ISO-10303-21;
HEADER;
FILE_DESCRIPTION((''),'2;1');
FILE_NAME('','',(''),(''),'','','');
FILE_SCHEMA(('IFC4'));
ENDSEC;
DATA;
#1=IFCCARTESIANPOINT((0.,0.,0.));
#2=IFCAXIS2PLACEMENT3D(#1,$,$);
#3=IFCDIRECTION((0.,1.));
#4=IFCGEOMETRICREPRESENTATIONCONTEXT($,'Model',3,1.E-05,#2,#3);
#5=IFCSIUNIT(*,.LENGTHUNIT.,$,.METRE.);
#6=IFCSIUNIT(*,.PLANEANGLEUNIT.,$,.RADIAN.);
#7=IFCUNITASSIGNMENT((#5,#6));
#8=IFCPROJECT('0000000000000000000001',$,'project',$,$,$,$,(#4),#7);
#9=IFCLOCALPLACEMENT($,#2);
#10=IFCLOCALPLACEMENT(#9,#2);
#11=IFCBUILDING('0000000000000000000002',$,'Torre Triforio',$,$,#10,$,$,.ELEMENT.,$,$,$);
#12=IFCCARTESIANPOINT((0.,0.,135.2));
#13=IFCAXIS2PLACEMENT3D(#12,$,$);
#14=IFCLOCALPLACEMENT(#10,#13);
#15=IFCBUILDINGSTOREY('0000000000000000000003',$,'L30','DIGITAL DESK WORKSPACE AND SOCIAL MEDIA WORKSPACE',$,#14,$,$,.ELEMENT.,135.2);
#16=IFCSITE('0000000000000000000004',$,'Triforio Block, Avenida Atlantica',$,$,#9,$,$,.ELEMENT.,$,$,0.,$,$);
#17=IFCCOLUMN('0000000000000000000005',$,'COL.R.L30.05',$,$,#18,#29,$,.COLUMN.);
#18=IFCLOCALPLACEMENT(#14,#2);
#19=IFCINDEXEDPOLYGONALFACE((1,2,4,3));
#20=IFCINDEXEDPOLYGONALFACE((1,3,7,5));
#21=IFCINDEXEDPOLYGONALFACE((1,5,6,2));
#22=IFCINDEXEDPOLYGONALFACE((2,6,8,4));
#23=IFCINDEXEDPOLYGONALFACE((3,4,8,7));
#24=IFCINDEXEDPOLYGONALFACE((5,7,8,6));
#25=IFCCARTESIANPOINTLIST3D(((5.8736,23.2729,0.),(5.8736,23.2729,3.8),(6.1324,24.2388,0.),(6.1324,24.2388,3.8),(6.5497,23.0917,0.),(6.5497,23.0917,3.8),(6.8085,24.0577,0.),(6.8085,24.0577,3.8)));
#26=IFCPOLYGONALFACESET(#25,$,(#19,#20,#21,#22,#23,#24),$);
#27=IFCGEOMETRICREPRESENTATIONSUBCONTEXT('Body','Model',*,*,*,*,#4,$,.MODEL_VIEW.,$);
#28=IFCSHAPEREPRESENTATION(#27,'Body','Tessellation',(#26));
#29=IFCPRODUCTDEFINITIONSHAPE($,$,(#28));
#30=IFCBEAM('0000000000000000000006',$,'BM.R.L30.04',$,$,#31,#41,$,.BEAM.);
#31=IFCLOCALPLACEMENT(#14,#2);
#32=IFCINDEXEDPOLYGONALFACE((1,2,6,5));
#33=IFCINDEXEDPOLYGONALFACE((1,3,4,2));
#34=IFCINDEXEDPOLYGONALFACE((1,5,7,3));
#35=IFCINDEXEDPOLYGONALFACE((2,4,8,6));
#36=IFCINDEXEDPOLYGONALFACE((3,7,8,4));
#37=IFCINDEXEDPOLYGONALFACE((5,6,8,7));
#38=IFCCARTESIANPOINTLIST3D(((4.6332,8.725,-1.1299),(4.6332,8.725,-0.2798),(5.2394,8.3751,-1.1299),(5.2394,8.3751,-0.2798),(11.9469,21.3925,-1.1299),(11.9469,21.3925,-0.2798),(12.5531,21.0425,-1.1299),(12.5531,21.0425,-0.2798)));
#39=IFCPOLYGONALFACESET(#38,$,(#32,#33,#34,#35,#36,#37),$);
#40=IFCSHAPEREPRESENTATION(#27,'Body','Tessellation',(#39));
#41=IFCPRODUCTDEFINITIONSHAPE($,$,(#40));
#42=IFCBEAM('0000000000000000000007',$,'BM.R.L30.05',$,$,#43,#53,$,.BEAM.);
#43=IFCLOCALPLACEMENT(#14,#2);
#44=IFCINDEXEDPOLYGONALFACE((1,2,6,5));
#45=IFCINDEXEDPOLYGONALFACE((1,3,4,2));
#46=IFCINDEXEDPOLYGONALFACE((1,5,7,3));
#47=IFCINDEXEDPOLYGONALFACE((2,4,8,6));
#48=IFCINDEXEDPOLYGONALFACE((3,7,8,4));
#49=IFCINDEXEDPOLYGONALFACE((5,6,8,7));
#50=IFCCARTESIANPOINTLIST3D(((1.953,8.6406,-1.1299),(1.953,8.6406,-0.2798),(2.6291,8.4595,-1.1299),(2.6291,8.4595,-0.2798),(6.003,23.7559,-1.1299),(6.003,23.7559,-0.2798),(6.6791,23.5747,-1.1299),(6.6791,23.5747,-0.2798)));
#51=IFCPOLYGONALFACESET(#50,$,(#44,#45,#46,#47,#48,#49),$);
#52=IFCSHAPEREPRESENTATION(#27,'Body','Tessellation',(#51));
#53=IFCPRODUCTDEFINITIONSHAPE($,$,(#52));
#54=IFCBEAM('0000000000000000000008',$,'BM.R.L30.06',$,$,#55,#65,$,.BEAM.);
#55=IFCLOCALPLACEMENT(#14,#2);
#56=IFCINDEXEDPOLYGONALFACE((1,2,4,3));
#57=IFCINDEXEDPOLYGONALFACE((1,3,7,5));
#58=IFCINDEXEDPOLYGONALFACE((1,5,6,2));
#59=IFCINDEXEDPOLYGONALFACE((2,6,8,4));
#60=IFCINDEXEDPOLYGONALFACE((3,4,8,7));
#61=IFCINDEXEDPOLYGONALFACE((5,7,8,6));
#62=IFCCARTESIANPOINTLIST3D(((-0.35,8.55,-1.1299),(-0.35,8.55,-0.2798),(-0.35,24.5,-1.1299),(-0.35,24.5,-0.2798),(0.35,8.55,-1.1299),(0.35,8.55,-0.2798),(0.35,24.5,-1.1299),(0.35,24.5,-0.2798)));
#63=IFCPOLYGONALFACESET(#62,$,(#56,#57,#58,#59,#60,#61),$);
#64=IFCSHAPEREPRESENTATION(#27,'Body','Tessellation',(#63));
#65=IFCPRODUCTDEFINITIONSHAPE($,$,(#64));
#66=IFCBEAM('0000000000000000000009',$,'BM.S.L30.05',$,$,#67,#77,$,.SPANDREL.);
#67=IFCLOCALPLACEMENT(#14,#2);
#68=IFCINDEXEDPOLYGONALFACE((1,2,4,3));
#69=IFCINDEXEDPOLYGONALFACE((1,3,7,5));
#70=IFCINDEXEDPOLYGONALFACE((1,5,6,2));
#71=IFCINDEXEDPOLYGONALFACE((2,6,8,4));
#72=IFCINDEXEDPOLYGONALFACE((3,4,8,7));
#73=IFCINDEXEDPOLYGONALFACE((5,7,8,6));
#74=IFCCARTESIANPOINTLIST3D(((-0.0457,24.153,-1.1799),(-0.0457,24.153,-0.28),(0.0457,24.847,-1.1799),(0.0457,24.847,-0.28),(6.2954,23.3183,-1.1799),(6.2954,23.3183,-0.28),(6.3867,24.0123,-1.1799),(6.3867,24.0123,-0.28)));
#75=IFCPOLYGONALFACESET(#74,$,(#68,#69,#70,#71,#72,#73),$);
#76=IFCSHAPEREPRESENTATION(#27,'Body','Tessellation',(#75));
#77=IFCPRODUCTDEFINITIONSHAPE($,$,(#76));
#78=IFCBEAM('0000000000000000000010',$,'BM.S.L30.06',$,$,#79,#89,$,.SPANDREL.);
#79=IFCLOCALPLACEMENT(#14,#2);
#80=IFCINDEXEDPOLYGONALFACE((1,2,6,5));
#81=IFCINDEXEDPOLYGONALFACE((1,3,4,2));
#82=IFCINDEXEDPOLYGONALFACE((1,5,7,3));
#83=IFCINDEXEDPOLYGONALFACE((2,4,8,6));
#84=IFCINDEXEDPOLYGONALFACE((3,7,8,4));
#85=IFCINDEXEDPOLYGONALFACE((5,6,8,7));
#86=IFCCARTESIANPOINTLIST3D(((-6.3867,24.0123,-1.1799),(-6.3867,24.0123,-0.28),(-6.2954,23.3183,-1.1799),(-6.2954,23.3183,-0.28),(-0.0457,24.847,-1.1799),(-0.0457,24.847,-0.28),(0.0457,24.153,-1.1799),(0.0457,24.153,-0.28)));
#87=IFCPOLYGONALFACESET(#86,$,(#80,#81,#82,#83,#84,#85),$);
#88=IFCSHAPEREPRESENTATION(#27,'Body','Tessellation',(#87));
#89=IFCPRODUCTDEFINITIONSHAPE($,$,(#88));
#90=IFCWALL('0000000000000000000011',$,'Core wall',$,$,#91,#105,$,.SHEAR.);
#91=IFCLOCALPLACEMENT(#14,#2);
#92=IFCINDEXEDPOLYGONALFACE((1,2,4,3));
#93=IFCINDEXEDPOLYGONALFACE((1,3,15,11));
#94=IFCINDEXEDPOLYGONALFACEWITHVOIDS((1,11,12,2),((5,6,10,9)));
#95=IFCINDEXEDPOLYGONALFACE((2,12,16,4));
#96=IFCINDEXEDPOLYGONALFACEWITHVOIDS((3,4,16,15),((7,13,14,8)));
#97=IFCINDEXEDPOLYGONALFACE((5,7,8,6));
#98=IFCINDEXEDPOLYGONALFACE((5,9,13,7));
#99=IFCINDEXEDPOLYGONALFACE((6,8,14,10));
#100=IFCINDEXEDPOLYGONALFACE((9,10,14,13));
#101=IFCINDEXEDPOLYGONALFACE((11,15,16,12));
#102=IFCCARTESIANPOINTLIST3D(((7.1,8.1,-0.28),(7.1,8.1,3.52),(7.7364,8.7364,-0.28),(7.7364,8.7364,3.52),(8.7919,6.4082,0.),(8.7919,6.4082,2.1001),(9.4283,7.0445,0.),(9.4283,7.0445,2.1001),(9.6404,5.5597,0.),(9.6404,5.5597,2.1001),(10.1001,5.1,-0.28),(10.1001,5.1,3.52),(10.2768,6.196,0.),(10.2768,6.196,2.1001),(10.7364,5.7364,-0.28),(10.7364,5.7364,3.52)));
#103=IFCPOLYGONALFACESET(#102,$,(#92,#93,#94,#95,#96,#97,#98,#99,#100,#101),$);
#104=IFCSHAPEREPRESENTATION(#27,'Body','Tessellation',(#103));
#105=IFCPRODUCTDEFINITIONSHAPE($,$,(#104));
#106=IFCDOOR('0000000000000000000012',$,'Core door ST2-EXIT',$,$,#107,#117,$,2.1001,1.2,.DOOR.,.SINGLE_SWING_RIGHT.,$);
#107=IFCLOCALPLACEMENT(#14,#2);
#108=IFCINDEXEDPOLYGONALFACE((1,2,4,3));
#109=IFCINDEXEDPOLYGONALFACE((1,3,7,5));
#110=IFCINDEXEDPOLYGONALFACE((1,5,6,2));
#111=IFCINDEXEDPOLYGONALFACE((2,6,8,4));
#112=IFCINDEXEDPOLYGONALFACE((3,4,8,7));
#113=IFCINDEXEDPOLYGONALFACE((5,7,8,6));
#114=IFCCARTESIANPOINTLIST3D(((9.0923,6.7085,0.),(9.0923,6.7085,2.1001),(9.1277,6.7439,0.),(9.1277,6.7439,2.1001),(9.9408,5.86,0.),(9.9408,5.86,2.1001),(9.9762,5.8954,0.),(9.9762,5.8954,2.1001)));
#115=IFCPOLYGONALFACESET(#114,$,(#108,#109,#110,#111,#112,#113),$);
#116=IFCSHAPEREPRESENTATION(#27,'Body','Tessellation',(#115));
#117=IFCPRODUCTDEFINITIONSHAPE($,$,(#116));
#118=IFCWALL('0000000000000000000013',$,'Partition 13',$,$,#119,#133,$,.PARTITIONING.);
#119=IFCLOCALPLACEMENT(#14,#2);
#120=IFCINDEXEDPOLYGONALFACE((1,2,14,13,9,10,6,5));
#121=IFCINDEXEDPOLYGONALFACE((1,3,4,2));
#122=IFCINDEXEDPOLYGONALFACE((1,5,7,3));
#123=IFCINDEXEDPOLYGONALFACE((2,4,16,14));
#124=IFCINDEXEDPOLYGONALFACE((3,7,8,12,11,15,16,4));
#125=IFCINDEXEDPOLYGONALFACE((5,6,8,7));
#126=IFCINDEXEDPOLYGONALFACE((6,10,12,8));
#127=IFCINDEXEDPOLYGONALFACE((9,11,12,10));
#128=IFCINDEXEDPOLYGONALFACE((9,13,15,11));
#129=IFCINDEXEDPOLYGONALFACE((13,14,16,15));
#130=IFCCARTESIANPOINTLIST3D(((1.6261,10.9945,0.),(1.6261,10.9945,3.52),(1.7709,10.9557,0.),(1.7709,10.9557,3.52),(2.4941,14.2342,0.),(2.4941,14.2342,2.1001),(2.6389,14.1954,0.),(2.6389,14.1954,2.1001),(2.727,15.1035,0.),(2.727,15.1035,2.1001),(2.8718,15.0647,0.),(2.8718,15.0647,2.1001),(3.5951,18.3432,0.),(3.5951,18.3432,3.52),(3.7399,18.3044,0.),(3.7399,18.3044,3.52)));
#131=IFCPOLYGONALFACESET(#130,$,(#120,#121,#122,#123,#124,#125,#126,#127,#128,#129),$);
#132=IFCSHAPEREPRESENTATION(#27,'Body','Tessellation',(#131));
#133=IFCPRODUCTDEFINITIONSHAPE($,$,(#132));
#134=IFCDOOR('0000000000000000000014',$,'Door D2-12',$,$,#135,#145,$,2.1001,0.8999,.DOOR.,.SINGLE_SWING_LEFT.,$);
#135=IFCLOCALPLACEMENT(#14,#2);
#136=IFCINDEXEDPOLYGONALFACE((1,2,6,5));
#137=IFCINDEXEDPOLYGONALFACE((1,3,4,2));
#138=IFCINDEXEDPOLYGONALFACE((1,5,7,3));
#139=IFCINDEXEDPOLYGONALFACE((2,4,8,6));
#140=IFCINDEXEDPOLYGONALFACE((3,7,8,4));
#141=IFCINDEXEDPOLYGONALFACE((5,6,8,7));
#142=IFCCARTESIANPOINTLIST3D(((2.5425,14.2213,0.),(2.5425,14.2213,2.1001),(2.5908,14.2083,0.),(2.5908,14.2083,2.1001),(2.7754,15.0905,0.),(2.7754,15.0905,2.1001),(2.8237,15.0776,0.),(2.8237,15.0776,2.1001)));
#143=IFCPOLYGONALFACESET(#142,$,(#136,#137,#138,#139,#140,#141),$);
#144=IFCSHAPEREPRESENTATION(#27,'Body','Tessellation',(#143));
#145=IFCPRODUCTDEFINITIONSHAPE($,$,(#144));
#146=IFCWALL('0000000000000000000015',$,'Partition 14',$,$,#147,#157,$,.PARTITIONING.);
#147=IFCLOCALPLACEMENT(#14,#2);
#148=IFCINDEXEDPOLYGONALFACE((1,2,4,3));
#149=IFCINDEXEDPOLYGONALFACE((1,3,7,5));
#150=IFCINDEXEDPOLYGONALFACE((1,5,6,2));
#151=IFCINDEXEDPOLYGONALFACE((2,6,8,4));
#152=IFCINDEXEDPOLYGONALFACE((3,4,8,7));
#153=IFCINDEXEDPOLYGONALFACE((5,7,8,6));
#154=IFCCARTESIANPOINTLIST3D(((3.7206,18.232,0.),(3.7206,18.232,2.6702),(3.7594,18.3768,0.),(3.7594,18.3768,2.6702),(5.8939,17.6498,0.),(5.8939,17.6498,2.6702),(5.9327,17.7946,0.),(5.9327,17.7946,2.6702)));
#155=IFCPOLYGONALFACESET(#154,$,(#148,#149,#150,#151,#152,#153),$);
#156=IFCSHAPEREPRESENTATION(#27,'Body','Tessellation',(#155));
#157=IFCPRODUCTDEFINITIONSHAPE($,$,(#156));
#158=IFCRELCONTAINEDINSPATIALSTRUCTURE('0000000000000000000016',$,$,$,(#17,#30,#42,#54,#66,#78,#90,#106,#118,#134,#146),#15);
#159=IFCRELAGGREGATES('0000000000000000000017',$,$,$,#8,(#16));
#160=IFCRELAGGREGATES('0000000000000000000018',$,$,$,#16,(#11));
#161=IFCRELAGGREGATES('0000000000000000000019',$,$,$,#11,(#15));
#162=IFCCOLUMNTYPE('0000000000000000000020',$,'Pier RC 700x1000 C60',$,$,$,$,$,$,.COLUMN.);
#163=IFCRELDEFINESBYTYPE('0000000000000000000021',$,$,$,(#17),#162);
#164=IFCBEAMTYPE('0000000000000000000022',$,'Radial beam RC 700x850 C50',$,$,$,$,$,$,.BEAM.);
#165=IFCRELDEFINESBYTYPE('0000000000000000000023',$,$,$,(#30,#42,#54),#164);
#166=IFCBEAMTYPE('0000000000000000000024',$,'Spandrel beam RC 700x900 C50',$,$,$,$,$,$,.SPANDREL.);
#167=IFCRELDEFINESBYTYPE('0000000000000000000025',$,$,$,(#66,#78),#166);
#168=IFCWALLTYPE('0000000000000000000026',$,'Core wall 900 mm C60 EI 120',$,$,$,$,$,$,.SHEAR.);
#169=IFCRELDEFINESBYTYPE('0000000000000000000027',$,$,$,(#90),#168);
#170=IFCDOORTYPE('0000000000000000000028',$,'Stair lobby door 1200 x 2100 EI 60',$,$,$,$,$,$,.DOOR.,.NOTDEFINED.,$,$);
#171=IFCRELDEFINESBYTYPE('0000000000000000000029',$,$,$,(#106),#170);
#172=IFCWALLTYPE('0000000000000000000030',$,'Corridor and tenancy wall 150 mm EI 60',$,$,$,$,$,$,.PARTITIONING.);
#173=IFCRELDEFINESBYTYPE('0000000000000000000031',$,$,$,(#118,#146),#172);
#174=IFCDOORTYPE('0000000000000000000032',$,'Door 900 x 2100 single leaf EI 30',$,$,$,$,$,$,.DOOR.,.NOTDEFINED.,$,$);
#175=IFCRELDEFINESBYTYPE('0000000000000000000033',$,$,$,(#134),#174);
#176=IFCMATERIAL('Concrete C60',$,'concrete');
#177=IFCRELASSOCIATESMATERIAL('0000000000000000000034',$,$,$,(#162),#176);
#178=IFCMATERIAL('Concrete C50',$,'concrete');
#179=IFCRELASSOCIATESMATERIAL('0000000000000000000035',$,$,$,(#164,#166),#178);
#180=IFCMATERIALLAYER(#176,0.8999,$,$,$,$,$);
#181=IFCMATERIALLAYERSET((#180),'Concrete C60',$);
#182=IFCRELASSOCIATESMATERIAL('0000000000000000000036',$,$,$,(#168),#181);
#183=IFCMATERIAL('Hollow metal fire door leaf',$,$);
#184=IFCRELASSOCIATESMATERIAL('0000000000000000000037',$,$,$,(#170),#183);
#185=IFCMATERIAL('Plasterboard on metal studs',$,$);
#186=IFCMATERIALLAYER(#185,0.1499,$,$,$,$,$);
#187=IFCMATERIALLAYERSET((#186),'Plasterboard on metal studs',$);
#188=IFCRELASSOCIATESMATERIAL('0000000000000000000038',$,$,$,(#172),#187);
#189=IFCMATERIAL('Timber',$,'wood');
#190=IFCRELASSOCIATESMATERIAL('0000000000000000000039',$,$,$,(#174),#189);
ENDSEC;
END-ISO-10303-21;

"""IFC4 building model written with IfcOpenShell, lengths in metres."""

from ifc_helpers import new_model, si_unit, direction, frame, frame_2d, origin, origin_2d, place, context, subcontext, project, spatial, rectangle, extrude, material, layer, layer_set, material_profile, profile_set, type_object, element, fill, save


model = new_model("IFC4")

# Units and contexts
model_context = context("Model", 3, precision=1e-05, world=origin(), true_north=direction((0.0, 1.0)))
body_context = subcontext(model_context, "Body", "Model", "MODEL_VIEW")
ifc_project = project(units=[si_unit("LENGTHUNIT", "METRE"), si_unit("PLANEANGLEUNIT", "RADIAN")], contexts=[model_context])

# Site, building, storey
site_placement = place(None, origin())
site = spatial("IfcSite", under=ifc_project, at=site_placement, Name="Triforio Block, Avenida Atlantica", CompositionType="ELEMENT", RefElevation=0.0)
building_placement = place(site_placement, origin())
building = spatial("IfcBuilding", under=site, at=building_placement, Name="Torre Triforio", CompositionType="ELEMENT")
storey_placement = place(building_placement, frame((0.0, 0.0, 135.2)))
storey = spatial("IfcBuildingStorey", under=building, at=storey_placement, Name="L30", Description="DIGITAL DESK WORKSPACE AND SOCIAL MEDIA WORKSPACE", CompositionType="ELEMENT", Elevation=135.2)

# Column
ifc_material_1 = material(Name="Concrete C60", Category="concrete")
ifc_material_profile_1 = material_profile(ifc_material_1, rectangle(XDim=0.7, YDim=1.0, at=origin_2d()), Name="RC 700x1000")
ifc_profile_set_1 = profile_set([ifc_material_profile_1], Name="Concrete C60")
column_type = type_object("IfcColumnType", Name="Pier RC 700x1000 C60", PredefinedType="COLUMN", material=ifc_profile_set_1)
column_placement = place(storey_placement, frame((6.3411, 23.6653, 0.0), z_axis=(0.0, 0.0, 1.0), x_axis=(-0.965926, 0.258819, 0.0)))
element("IfcColumn", 1, at=column_placement, inside=storey, type_object=column_type, Name="COL.R.L30.05", PredefinedType="COLUMN", context=body_context, shape_type="SweptSolid", body=[
    extrude(rectangle(XDim=0.7, YDim=1.0, at=origin_2d()), origin(), (0.0, 0.0, 1.0), 3.8),
])

# Beams
ifc_material_2 = material(Name="Concrete C50", Category="concrete")
ifc_material_profile_2 = material_profile(ifc_material_2, rectangle(XDim=0.7, YDim=0.8501, at=origin_2d()), Name="RC 700x850")
ifc_profile_set_2 = profile_set([ifc_material_profile_2], Name="Concrete C50")
beam_type_1 = type_object("IfcBeamType", Name="Radial beam RC 700x850 C50", PredefinedType="BEAM", material=ifc_profile_set_2)
beam_1_placement = place(storey_placement, frame((4.9363, 8.55, -0.7048), z_axis=(0.500008, 0.866021, 0.0), x_axis=(-0.866021, 0.500008, 0.0)))
element("IfcBeam", 2, at=beam_1_placement, inside=storey, type_object=beam_type_1, Name="BM.R.L30.04", PredefinedType="BEAM", context=body_context, shape_type="SweptSolid", body=[
    extrude(rectangle(XDim=0.7, YDim=0.8501, at=origin_2d()), origin(), (0.0, 0.0, 1.0), 14.6272),
])
beam_2_placement = place(storey_placement, frame((2.291, 8.55, -0.7048), z_axis=(0.258815, 0.965927, 0.0), x_axis=(-0.965927, 0.258815, 0.0)))
element("IfcBeam", 3, at=beam_2_placement, inside=storey, type_object=beam_type_1, Name="BM.R.L30.05", PredefinedType="BEAM", context=body_context, shape_type="SweptSolid", body=[
    extrude(rectangle(XDim=0.7, YDim=0.8501, at=origin_2d()), origin(), (0.0, 0.0, 1.0), 15.6484),
])
beam_3_placement = place(storey_placement, frame((0.0, 8.55, -0.7048), z_axis=(0.0, 1.0, 0.0), x_axis=(-1.0, 0.0, 0.0)))
element("IfcBeam", 4, at=beam_3_placement, inside=storey, type_object=beam_type_1, Name="BM.R.L30.06", PredefinedType="BEAM", context=body_context, shape_type="SweptSolid", body=[
    extrude(rectangle(XDim=0.7, YDim=0.8501, at=origin_2d()), origin(), (0.0, 0.0, 1.0), 15.95),
])
ifc_material_profile_3 = material_profile(ifc_material_2, rectangle(XDim=0.7, YDim=0.8999, at=origin_2d()), Name="RC 700x900")
ifc_profile_set_3 = profile_set([ifc_material_profile_3], Name="Concrete C50")
beam_type_2 = type_object("IfcBeamType", Name="Spandrel beam RC 700x900 C50", PredefinedType="SPANDREL", material=ifc_profile_set_3)
for number, where, z_axis, x_axis, name in (
    (5, (6.3411, 23.6653, -0.73), (-0.991447, 0.130511, 0.0), (-0.130511, -0.991447, 0.0), "BM.S.L30.05"),
    (6, (0.0, 24.5, -0.73), (-0.991447, -0.130511, 0.0), (0.130511, -0.991447, 0.0), "BM.S.L30.06"),
):
    element("IfcBeam", number, at=place(storey_placement, frame(where, z_axis=z_axis, x_axis=x_axis)), inside=storey, type_object=beam_type_2, Name=name, PredefinedType="SPANDREL", context=body_context, shape_type="SweptSolid", body=[
        extrude(rectangle(XDim=0.7, YDim=0.8999, at=origin_2d()), origin(), (0.0, 0.0, 1.0), 6.3958),
    ])

# Walls, openings, doors
ifc_layer_1 = layer(ifc_material_1, 0.8999)
ifc_layer_set_1 = layer_set([ifc_layer_1], Name="Concrete C60")
wall_type_1 = type_object("IfcWallType", Name="Core wall 900 mm C60 EI 120", PredefinedType="SHEAR", material=ifc_layer_set_1)
wall_1_placement = place(storey_placement, frame((7.4182, 8.4182, -0.28), z_axis=(0.0, 0.0, 1.0), x_axis=(0.707107, -0.707107, 0.0)))
wall_1 = element("IfcWall", 7, at=wall_1_placement, inside=storey, type_object=wall_type_1, Name="Core wall", PredefinedType="SHEAR", context=body_context, shape_type="SweptSolid", body=[
    extrude(rectangle(XDim=4.2427, YDim=0.8999, at=frame_2d((2.1213, 0.0))), origin(), (0.0, 0.0, 1.0), 3.8),
])
opening_1_placement = place(wall_1_placement, frame((2.3926, 0.0, 0.28)))
opening_1 = element("IfcOpeningElement", 8, at=opening_1_placement, cuts=wall_1, PredefinedType="OPENING", context=body_context, shape_type="SweptSolid", body=[
    extrude(rectangle(XDim=1.2, YDim=2.1001, at=frame_2d((0.6001, 1.05))), frame((0.0, 0.46, 0.0), z_axis=(0.0, -1.0, 0.0), x_axis=(1.0, 0.0, 0.0)), (0.0, 0.0, 1.0), 0.9199),
])
ifc_material_3 = material(Name="Hollow metal fire door leaf")
door_type_1 = type_object("IfcDoorType", Name="Stair lobby door 1200 x 2100 EI 60", OperationType="NOTDEFINED", PredefinedType="DOOR", material=ifc_material_3)
door_1_placement = place(opening_1_placement, origin())
door_1 = element("IfcDoor", 9, at=door_1_placement, inside=storey, type_object=door_type_1, Name="Core door ST2-EXIT", OperationType="SINGLE_SWING_RIGHT", OverallHeight=2.1001, OverallWidth=1.2, PredefinedType="DOOR", context=body_context, shape_type="SweptSolid", body=[
    extrude(rectangle(XDim=1.2, YDim=2.1001, at=frame_2d((0.6001, 1.05))), frame((0.0, 0.0249, 0.0), z_axis=(0.0, -1.0, 0.0), x_axis=(1.0, 0.0, 0.0)), (0.0, 0.0, 1.0), 0.05),
])
fill(opening_1, door_1)
ifc_material_4 = material(Name="Plasterboard on metal studs")
ifc_layer_2 = layer(ifc_material_4, 0.1499)
ifc_layer_set_2 = layer_set([ifc_layer_2], Name="Plasterboard on metal studs")
wall_type_2 = type_object("IfcWallType", Name="Corridor and tenancy wall 150 mm EI 60", PredefinedType="PARTITIONING", material=ifc_layer_set_2)
wall_2_placement = place(storey_placement, frame((1.6985, 10.9751, 0.0), z_axis=(0.0, 0.0, 1.0), x_axis=(0.258811, 0.965928, 0.0)))
wall_2 = element("IfcWall", 10, at=wall_2_placement, inside=storey, type_object=wall_type_2, Name="Partition 13", PredefinedType="PARTITIONING", context=body_context, shape_type="SweptSolid", body=[
    extrude(rectangle(XDim=7.6079, YDim=0.1499, at=frame_2d((3.804, 0.0))), origin(), (0.0, 0.0, 1.0), 3.52),
])
opening_2_placement = place(wall_2_placement, frame((3.354, 0.0, 0.0)))
opening_2 = element("IfcOpeningElement", 11, at=opening_2_placement, cuts=wall_2, PredefinedType="OPENING", context=body_context, shape_type="SweptSolid", body=[
    extrude(rectangle(XDim=0.8999, YDim=2.1001, at=frame_2d((0.45, 1.05))), frame((0.0, 0.085, 0.0), z_axis=(0.0, -1.0, 0.0), x_axis=(1.0, 0.0, 0.0)), (0.0, 0.0, 1.0), 0.1699),
])
ifc_material_5 = material(Name="Timber", Category="wood")
door_type_2 = type_object("IfcDoorType", Name="Door 900 x 2100 single leaf EI 30", OperationType="NOTDEFINED", PredefinedType="DOOR", material=ifc_material_5)
door_2_placement = place(opening_2_placement, origin())
door_2 = element("IfcDoor", 12, at=door_2_placement, inside=storey, type_object=door_type_2, Name="Door D2-12", OperationType="SINGLE_SWING_LEFT", OverallHeight=2.1001, OverallWidth=0.8999, PredefinedType="DOOR", context=body_context, shape_type="SweptSolid", body=[
    extrude(rectangle(XDim=0.8999, YDim=2.1001, at=frame_2d((0.45, 1.05))), frame((0.0, 0.0249, 0.0), z_axis=(0.0, -1.0, 0.0), x_axis=(1.0, 0.0, 0.0)), (0.0, 0.0, 1.0), 0.05),
])
fill(opening_2, door_2)

# Wall
wall_3_placement = place(storey_placement, frame((3.74, 18.3044, 0.0), z_axis=(0.0, 0.0, 1.0), x_axis=(0.965934, -0.25879, 0.0)))
element("IfcWall", 13, at=wall_3_placement, inside=storey, type_object=wall_type_2, Name="Partition 14", PredefinedType="PARTITIONING", context=body_context, shape_type="SweptSolid", body=[
    extrude(rectangle(XDim=2.25, YDim=0.1499, at=frame_2d((1.125, 0.0))), origin(), (0.0, 0.0, 1.0), 2.6702),
])

save(model, "model.ifc")
